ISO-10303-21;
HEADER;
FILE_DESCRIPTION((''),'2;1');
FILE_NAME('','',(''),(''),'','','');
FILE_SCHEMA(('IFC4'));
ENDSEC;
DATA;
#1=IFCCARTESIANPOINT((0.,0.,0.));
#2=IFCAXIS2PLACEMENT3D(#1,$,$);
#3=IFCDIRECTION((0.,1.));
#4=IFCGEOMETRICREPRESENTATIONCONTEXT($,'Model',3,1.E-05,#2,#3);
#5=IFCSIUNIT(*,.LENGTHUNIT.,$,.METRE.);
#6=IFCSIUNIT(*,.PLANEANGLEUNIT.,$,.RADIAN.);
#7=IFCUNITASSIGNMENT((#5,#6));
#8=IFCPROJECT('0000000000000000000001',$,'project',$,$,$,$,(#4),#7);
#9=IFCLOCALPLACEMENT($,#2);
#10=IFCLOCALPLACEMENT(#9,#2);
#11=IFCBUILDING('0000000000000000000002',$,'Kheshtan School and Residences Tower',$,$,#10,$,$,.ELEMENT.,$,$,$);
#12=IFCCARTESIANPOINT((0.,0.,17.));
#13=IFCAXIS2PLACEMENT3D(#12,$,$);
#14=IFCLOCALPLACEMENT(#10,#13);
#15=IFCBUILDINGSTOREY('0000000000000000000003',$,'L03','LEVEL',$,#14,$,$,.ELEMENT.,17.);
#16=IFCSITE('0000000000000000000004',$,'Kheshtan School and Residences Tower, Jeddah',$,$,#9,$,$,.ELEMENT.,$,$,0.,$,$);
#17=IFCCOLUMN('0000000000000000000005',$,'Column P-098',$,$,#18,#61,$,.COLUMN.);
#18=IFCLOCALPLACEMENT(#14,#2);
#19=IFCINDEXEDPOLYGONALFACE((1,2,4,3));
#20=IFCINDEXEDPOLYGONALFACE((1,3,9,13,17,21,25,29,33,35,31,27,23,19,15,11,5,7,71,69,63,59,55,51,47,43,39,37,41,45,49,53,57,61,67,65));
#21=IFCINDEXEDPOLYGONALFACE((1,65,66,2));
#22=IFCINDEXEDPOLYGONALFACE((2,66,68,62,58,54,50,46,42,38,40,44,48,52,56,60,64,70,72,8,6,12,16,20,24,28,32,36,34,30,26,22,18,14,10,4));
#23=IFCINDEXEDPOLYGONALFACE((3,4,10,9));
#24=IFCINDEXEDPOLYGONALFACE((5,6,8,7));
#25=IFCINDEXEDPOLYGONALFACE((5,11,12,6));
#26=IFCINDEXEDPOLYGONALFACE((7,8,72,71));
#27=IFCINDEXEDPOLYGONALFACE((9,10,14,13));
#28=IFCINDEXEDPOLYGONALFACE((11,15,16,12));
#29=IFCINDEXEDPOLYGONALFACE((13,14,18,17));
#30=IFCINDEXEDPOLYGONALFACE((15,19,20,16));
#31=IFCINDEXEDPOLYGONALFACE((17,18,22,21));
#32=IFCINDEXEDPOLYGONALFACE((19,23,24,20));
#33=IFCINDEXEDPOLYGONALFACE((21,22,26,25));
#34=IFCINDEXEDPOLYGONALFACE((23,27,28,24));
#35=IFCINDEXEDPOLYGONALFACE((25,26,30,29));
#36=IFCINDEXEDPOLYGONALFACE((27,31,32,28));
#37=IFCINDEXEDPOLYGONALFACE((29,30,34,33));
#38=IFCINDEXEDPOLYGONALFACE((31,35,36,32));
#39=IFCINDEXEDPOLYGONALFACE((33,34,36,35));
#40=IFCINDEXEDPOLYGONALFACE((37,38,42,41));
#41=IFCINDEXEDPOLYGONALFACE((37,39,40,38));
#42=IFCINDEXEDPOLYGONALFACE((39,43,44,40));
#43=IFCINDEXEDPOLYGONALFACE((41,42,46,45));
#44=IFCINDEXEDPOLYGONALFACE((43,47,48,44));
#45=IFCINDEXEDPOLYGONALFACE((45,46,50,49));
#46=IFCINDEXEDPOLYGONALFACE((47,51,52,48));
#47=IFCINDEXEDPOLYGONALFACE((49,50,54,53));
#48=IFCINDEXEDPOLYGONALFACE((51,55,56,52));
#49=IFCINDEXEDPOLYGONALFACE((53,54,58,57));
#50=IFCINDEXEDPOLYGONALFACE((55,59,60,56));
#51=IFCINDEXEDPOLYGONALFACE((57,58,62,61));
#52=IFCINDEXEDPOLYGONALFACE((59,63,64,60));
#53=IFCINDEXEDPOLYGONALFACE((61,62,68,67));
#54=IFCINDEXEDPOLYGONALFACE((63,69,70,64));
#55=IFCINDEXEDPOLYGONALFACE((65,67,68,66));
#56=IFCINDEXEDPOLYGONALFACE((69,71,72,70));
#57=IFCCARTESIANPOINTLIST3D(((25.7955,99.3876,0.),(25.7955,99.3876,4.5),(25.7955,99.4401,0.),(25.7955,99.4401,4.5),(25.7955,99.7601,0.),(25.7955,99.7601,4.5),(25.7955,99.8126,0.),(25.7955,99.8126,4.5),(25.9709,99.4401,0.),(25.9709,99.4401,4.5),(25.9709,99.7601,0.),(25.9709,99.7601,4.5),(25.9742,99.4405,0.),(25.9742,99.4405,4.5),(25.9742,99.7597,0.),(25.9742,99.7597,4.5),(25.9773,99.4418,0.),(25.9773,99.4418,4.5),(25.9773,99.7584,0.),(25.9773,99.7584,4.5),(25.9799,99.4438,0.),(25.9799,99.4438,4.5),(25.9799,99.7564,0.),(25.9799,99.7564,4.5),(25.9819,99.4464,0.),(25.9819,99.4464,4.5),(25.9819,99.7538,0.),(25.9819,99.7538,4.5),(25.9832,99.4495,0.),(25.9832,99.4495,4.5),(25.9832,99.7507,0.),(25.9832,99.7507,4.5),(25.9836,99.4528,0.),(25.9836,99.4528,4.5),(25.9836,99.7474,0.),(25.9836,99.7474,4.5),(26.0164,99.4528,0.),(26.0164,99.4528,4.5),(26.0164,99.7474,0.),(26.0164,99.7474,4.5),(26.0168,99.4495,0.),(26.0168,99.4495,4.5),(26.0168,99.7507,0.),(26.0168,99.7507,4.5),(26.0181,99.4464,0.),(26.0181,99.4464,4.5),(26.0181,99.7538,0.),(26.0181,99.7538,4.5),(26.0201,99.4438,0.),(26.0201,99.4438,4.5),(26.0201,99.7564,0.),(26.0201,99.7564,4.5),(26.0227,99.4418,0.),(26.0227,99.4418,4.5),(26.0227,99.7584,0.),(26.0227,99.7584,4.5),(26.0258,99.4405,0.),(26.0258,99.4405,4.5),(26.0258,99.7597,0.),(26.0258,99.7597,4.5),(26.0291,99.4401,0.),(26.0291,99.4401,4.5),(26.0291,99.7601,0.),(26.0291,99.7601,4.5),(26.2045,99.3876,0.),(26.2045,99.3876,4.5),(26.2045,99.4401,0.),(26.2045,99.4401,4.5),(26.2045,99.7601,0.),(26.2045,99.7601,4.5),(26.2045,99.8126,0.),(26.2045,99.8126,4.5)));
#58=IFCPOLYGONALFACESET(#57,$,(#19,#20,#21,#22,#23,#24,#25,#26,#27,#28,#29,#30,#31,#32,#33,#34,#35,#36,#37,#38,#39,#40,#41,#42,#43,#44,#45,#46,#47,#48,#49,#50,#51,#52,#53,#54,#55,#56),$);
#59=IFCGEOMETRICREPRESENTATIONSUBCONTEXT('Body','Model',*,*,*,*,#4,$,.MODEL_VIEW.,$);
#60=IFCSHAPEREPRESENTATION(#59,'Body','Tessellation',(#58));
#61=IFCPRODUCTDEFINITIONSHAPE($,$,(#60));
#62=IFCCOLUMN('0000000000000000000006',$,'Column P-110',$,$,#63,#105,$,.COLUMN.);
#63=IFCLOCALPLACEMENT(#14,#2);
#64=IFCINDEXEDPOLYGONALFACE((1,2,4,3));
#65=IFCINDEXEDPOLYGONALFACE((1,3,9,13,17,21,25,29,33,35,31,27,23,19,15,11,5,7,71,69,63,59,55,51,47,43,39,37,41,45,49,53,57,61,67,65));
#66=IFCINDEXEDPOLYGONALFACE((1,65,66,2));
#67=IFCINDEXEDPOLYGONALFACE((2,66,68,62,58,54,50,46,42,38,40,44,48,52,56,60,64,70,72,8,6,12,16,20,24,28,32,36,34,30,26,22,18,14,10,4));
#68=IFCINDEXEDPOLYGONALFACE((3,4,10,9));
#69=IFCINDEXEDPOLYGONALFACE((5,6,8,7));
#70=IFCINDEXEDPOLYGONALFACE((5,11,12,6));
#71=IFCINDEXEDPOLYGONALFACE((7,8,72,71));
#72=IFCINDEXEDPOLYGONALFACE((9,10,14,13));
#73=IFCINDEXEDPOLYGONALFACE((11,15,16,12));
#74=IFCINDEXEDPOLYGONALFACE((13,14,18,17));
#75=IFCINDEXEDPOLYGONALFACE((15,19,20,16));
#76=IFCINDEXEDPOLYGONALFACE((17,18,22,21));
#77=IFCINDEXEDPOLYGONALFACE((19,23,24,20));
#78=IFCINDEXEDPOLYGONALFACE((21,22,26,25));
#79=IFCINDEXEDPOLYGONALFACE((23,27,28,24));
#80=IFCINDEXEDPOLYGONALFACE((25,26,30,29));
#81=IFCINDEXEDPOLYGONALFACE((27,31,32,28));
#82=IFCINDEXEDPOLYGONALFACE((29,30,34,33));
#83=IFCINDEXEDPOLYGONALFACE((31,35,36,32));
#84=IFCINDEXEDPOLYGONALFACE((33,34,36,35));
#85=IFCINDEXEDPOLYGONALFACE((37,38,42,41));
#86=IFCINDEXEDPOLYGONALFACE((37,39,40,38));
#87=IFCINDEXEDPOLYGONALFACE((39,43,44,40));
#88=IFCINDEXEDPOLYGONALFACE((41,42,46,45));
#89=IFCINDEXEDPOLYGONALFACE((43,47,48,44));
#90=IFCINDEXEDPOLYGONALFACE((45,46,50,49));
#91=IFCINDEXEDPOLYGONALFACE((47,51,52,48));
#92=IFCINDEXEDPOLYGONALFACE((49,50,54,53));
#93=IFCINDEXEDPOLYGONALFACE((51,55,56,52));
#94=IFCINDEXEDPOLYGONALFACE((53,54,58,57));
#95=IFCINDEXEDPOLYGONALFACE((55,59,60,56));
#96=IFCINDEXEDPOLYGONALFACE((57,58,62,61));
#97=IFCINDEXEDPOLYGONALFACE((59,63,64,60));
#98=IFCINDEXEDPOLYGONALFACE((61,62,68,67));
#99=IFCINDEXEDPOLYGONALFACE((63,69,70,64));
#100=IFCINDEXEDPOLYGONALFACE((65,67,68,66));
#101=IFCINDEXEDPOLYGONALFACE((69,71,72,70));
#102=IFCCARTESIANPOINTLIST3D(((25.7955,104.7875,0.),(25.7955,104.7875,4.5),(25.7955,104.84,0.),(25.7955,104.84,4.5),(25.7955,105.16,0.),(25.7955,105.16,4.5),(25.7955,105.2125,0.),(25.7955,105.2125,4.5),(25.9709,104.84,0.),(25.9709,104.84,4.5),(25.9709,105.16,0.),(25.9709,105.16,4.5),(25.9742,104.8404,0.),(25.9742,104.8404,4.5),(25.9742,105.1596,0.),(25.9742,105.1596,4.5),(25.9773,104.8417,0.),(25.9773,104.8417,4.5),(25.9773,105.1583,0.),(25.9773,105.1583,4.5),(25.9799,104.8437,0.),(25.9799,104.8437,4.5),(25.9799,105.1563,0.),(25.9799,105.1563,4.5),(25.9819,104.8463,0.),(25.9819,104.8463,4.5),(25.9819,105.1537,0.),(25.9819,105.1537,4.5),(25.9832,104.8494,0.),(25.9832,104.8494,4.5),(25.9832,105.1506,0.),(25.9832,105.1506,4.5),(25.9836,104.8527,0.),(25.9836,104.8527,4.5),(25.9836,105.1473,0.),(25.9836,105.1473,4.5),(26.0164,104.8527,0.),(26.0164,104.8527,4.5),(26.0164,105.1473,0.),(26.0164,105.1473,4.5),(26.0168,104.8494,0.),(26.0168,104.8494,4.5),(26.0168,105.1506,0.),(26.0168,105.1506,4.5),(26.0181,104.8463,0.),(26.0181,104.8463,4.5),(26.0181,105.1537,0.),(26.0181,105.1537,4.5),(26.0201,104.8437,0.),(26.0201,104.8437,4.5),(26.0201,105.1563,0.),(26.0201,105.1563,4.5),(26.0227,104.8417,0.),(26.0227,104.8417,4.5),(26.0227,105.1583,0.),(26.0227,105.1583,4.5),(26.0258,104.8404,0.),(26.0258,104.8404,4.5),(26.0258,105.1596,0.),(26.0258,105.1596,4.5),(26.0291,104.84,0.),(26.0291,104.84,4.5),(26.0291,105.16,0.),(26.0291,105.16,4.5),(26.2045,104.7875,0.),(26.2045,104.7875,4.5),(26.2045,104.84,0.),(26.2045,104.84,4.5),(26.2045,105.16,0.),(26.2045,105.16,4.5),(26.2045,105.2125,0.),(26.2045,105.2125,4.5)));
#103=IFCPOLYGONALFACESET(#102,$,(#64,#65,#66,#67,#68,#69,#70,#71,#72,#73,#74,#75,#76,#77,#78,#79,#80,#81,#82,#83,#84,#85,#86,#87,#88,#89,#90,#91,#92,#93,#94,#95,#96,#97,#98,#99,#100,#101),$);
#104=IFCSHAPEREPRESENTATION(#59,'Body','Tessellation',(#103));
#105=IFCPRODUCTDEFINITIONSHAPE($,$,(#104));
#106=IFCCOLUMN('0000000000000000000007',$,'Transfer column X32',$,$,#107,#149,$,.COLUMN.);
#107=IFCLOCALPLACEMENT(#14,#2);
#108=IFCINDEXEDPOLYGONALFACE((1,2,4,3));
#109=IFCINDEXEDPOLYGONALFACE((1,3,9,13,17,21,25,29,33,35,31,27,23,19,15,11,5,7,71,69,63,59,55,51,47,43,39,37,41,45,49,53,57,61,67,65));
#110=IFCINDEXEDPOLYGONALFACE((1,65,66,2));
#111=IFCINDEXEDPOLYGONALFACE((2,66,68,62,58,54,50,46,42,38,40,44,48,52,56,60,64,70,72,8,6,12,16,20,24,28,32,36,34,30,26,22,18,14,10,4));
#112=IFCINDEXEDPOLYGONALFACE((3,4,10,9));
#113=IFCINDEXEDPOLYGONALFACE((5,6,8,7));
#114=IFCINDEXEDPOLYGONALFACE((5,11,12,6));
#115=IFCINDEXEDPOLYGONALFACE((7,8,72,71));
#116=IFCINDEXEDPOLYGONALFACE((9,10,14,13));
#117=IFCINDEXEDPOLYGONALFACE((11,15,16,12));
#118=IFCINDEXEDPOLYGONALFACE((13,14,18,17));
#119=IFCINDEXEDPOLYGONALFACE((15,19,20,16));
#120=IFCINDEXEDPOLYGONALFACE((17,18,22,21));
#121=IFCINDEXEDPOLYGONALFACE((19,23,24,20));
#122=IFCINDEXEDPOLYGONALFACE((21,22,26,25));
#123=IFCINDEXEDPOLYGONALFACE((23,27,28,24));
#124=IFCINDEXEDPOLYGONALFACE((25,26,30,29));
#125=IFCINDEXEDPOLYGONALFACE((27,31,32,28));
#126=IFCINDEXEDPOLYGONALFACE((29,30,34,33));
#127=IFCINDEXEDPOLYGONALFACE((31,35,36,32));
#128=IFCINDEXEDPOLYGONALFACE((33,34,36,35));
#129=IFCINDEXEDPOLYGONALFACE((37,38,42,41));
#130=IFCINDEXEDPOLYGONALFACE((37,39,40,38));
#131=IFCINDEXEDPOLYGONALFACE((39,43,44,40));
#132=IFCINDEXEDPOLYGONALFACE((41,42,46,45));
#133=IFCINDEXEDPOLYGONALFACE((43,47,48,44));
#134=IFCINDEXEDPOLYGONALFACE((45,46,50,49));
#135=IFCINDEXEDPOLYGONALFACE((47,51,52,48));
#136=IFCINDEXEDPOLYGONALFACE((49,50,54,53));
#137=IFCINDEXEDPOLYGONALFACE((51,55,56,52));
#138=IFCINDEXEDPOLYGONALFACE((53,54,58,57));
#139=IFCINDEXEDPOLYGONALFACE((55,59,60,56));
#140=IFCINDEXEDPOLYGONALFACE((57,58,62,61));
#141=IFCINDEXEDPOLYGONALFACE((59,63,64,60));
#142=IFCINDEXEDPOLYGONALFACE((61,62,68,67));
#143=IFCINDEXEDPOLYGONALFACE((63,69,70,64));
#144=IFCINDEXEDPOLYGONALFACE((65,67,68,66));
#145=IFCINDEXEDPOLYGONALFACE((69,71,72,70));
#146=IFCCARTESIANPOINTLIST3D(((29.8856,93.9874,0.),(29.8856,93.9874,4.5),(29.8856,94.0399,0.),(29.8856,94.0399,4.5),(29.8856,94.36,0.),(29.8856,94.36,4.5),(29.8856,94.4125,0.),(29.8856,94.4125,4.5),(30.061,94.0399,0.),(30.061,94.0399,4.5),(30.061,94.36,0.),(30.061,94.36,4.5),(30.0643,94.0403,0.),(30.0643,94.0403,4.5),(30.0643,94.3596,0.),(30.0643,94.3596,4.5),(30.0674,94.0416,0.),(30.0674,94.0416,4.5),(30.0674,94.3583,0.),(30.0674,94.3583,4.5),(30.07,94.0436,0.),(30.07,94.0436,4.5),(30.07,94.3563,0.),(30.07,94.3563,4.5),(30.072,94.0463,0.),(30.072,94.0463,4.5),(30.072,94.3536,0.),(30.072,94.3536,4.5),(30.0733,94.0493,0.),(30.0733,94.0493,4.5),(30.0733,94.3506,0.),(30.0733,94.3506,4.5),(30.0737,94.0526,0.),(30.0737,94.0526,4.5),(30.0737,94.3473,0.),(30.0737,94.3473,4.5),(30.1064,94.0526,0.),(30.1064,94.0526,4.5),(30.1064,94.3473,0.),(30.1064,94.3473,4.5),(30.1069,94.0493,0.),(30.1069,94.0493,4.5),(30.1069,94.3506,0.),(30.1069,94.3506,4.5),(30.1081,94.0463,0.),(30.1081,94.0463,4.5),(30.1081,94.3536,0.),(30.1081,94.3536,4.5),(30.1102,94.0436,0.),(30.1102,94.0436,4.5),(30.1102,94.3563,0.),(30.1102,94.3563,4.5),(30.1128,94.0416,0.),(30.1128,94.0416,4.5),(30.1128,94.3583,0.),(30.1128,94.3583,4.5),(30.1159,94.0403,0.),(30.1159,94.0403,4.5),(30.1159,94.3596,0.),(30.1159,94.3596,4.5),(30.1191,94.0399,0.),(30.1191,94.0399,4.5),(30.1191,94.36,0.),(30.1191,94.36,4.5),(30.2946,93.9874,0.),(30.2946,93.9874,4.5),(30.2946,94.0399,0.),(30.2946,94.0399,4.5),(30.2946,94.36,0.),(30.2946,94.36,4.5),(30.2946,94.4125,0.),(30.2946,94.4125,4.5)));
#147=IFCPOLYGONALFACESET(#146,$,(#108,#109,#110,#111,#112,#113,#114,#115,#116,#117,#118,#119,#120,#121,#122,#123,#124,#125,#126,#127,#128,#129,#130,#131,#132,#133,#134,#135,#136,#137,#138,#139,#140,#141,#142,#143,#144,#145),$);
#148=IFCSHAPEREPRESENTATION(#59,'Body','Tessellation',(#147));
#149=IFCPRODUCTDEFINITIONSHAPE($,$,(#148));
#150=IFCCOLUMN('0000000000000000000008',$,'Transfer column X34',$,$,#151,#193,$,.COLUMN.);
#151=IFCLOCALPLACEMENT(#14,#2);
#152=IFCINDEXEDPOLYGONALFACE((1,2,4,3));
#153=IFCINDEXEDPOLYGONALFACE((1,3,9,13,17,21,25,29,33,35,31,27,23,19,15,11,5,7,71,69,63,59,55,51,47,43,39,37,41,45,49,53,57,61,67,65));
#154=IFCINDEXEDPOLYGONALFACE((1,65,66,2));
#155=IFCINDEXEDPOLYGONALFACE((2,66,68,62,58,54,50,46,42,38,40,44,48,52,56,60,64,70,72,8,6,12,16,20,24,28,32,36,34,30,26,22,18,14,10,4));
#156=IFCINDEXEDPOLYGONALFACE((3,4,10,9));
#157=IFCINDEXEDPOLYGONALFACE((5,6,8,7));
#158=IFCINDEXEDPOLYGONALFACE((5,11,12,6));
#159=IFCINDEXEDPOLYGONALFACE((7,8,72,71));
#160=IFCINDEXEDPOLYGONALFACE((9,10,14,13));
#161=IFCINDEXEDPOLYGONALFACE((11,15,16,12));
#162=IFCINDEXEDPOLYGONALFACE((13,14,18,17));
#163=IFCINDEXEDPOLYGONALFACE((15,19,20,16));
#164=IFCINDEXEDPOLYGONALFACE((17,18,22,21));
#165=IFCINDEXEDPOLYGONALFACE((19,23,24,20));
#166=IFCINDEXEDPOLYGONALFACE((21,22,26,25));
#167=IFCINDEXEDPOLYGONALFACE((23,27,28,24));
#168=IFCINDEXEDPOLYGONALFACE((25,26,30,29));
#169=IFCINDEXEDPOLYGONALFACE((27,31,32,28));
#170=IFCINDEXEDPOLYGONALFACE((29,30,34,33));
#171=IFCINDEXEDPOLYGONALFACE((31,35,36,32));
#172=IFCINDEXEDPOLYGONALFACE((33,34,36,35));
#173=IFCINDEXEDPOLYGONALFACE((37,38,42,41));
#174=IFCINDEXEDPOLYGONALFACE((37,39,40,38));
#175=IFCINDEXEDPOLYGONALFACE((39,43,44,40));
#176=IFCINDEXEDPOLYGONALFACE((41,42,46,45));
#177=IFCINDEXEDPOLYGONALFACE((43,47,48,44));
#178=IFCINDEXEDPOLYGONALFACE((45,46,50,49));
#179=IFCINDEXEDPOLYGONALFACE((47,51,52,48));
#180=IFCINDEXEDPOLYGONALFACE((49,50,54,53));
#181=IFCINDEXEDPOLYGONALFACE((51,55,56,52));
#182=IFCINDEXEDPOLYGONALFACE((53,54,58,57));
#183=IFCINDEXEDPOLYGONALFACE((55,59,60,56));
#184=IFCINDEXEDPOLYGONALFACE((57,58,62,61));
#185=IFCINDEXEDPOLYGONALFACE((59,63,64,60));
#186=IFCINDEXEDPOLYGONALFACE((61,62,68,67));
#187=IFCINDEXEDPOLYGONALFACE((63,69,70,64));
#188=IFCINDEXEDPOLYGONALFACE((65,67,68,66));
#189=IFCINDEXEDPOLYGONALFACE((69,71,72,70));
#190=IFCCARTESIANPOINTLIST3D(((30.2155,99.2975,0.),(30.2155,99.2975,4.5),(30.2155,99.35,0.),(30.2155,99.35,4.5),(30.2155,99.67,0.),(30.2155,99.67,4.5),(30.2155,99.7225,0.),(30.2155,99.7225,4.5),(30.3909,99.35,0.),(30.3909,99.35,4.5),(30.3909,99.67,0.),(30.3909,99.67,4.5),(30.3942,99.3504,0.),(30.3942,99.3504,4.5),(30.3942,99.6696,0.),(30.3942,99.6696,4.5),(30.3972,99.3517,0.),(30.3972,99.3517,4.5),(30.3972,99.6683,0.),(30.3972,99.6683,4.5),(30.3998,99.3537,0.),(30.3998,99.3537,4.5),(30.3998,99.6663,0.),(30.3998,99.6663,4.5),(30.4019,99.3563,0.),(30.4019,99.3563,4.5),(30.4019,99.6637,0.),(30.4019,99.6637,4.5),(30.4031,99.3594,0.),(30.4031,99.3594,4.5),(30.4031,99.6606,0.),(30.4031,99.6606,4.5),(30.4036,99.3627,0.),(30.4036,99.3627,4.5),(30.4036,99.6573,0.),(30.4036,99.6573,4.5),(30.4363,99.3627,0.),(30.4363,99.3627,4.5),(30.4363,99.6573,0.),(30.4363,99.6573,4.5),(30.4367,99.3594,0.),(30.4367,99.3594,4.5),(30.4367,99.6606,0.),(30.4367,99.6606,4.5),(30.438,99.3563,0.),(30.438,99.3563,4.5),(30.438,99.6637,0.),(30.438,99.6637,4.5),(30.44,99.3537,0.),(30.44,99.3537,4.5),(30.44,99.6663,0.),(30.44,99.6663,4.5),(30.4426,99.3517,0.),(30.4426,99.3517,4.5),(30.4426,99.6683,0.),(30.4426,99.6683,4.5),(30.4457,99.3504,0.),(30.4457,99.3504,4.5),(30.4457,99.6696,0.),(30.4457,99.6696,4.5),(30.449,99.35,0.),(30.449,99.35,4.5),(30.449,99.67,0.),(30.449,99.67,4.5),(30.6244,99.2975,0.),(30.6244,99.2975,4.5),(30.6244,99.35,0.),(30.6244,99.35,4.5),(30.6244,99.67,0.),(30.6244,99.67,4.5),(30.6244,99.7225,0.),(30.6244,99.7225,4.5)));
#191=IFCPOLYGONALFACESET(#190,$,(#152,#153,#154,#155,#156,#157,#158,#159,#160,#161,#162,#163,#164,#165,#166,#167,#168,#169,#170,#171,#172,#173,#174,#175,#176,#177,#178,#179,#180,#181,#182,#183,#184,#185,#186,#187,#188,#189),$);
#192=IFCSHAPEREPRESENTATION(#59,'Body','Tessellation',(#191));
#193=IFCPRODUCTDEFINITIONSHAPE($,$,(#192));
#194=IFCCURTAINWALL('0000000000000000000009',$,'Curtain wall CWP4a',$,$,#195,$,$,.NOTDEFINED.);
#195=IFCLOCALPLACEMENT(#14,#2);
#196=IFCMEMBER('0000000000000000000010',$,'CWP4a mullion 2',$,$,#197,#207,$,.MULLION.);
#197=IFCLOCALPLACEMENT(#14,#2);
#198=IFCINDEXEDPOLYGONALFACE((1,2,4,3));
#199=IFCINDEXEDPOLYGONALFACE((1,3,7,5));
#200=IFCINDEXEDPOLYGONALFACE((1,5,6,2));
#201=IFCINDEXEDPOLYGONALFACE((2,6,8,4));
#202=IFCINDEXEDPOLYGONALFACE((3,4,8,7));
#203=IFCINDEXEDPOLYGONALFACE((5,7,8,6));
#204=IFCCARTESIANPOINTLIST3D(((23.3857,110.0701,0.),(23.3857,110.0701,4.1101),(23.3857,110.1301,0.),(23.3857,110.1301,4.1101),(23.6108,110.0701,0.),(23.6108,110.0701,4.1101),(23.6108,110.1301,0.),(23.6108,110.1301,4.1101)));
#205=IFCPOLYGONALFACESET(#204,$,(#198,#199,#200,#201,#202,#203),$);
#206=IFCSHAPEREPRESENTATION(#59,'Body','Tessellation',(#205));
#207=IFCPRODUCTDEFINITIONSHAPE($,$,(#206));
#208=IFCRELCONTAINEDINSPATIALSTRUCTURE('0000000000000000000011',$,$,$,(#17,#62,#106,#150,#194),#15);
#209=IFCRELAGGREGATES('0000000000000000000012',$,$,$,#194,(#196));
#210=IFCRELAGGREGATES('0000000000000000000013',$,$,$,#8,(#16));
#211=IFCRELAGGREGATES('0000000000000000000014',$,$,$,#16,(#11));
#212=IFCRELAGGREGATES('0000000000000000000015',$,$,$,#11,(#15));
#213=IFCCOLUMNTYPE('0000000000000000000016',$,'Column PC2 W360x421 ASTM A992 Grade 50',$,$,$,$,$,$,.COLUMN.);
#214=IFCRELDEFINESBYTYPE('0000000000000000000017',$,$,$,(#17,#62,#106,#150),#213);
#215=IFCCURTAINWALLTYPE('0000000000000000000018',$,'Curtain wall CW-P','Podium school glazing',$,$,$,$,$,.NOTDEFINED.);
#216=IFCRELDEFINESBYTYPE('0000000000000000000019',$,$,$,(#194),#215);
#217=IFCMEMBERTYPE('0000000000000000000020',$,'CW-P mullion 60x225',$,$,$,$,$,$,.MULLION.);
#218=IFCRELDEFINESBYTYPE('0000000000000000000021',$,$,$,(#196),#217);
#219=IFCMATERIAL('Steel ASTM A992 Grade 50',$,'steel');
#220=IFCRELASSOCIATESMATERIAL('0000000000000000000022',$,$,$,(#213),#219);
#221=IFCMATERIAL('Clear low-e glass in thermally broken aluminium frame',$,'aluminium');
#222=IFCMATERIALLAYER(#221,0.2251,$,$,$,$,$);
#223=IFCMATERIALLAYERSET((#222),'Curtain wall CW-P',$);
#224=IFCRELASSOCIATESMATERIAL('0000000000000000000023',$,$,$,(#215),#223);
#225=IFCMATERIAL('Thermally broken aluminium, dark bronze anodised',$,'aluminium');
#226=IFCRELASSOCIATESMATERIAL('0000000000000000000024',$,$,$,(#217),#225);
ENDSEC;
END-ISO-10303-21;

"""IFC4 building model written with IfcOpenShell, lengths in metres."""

from ifc_helpers import new_model, si_unit, direction, frame, origin, origin_2d, place, context, subcontext, project, spatial, rectangle, i_section, extrude, material, layer, layer_set, material_profile, profile_set, type_object, element, aggregate, save


model = new_model("IFC4")

# Units and contexts
model_context = context("Model", 3, precision=1e-05, world=origin(), true_north=direction((0.0, 1.0)))
body_context = subcontext(model_context, "Body", "Model", "MODEL_VIEW")
ifc_project = project(units=[si_unit("LENGTHUNIT", "METRE"), si_unit("PLANEANGLEUNIT", "RADIAN")], contexts=[model_context])

# Site, building, storey
site_placement = place(None, origin())
site = spatial("IfcSite", under=ifc_project, at=site_placement, Name="Kheshtan School and Residences Tower, Jeddah", CompositionType="ELEMENT", RefElevation=0.0)
building_placement = place(site_placement, origin())
building = spatial("IfcBuilding", under=site, at=building_placement, Name="Kheshtan School and Residences Tower", CompositionType="ELEMENT")
storey_placement = place(building_placement, frame((0.0, 0.0, 17.0)))
storey = spatial("IfcBuildingStorey", under=building, at=storey_placement, Name="L03", Description="LEVEL", CompositionType="ELEMENT", Elevation=17.0)

# Columns
ifc_material_1 = material(Name="Steel ASTM A992 Grade 50", Category="steel")
ifc_material_profile_1 = material_profile(ifc_material_1, i_section(OverallWidth=0.4089, OverallDepth=0.425, WebThickness=0.0327, FlangeThickness=0.0525, FilletRadius=0.0127, at=origin_2d()), Name="W360x421")
ifc_profile_set_1 = profile_set([ifc_material_profile_1], Name="Steel ASTM A992 Grade 50")
column_type = type_object("IfcColumnType", Name="Column PC2 W360x421 ASTM A992 Grade 50", PredefinedType="COLUMN", material=ifc_profile_set_1)
for number, where, z_axis, x_axis, name in (
    (1, (26.0, 99.6001, 0.0), (0.0, 0.0, 1.0), (1.0, 0.0, 0.0), "Column P-098"),
    (2, (26.0, 105.0, 0.0), (0.0, 0.0, 1.0), (1.0, 0.0, 0.0), "Column P-110"),
    (3, (30.0901, 94.2, 0.0), (0.0, 0.0, 1.0), (1.0, 0.0, 0.0), "Transfer column X32"),
    (4, (30.4199, 99.51, 0.0), (0.0, 0.0, 1.0), (1.0, 0.0, 0.0), "Transfer column X34"),
):
    element("IfcColumn", number, at=place(storey_placement, frame(where, z_axis=z_axis, x_axis=x_axis)), inside=storey, type_object=column_type, Name=name, PredefinedType="COLUMN", context=body_context, shape_type="SweptSolid", body=[
        extrude(i_section(OverallWidth=0.4089, OverallDepth=0.425, WebThickness=0.0327, FlangeThickness=0.0525, FilletRadius=0.0127, at=origin_2d()), origin(), (0.0, 0.0, 1.0), 4.5),
    ])

# Curtain wall, member
ifc_material_2 = material(Name="Clear low-e glass in thermally broken aluminium frame", Category="aluminium")
ifc_layer_1 = layer(ifc_material_2, 0.2251)
ifc_layer_set_1 = layer_set([ifc_layer_1], Name="Curtain wall CW-P")
curtain_wall_type = type_object("IfcCurtainWallType", Name="Curtain wall CW-P", Description="Podium school glazing", PredefinedType="NOTDEFINED", material=ifc_layer_set_1)
curtain_wall_placement = place(storey_placement, origin())
curtain_wall = element("IfcCurtainWall", 5, at=curtain_wall_placement, inside=storey, type_object=curtain_wall_type, Name="Curtain wall CWP4a", PredefinedType="NOTDEFINED")
ifc_material_3 = material(Name="Thermally broken aluminium, dark bronze anodised", Category="aluminium")
ifc_material_profile_2 = material_profile(ifc_material_3, rectangle(XDim=0.0601, YDim=0.2251, at=origin_2d()), Name="CW-P mullion 60x225")
ifc_profile_set_2 = profile_set([ifc_material_profile_2], Name="Thermally broken aluminium, dark bronze anodised")
member_type_1 = type_object("IfcMemberType", Name="CW-P mullion 60x225", PredefinedType="MULLION", material=ifc_profile_set_2)
member_1_placement = place(storey_placement, frame((23.4983, 110.1001, 0.0), z_axis=(0.0, 0.0, 1.0), x_axis=(0.0, 1.0, 0.0)))
member_1 = element("IfcMember", 6, at=member_1_placement, type_object=member_type_1, Name="CWP4a mullion 2", PredefinedType="MULLION", context=body_context, shape_type="SweptSolid", body=[
    extrude(rectangle(XDim=0.0601, YDim=0.2251, at=origin_2d()), origin(), (0.0, 0.0, 1.0), 4.1101),
])
aggregate(curtain_wall, [member_1])

save(model, "model.ifc")
